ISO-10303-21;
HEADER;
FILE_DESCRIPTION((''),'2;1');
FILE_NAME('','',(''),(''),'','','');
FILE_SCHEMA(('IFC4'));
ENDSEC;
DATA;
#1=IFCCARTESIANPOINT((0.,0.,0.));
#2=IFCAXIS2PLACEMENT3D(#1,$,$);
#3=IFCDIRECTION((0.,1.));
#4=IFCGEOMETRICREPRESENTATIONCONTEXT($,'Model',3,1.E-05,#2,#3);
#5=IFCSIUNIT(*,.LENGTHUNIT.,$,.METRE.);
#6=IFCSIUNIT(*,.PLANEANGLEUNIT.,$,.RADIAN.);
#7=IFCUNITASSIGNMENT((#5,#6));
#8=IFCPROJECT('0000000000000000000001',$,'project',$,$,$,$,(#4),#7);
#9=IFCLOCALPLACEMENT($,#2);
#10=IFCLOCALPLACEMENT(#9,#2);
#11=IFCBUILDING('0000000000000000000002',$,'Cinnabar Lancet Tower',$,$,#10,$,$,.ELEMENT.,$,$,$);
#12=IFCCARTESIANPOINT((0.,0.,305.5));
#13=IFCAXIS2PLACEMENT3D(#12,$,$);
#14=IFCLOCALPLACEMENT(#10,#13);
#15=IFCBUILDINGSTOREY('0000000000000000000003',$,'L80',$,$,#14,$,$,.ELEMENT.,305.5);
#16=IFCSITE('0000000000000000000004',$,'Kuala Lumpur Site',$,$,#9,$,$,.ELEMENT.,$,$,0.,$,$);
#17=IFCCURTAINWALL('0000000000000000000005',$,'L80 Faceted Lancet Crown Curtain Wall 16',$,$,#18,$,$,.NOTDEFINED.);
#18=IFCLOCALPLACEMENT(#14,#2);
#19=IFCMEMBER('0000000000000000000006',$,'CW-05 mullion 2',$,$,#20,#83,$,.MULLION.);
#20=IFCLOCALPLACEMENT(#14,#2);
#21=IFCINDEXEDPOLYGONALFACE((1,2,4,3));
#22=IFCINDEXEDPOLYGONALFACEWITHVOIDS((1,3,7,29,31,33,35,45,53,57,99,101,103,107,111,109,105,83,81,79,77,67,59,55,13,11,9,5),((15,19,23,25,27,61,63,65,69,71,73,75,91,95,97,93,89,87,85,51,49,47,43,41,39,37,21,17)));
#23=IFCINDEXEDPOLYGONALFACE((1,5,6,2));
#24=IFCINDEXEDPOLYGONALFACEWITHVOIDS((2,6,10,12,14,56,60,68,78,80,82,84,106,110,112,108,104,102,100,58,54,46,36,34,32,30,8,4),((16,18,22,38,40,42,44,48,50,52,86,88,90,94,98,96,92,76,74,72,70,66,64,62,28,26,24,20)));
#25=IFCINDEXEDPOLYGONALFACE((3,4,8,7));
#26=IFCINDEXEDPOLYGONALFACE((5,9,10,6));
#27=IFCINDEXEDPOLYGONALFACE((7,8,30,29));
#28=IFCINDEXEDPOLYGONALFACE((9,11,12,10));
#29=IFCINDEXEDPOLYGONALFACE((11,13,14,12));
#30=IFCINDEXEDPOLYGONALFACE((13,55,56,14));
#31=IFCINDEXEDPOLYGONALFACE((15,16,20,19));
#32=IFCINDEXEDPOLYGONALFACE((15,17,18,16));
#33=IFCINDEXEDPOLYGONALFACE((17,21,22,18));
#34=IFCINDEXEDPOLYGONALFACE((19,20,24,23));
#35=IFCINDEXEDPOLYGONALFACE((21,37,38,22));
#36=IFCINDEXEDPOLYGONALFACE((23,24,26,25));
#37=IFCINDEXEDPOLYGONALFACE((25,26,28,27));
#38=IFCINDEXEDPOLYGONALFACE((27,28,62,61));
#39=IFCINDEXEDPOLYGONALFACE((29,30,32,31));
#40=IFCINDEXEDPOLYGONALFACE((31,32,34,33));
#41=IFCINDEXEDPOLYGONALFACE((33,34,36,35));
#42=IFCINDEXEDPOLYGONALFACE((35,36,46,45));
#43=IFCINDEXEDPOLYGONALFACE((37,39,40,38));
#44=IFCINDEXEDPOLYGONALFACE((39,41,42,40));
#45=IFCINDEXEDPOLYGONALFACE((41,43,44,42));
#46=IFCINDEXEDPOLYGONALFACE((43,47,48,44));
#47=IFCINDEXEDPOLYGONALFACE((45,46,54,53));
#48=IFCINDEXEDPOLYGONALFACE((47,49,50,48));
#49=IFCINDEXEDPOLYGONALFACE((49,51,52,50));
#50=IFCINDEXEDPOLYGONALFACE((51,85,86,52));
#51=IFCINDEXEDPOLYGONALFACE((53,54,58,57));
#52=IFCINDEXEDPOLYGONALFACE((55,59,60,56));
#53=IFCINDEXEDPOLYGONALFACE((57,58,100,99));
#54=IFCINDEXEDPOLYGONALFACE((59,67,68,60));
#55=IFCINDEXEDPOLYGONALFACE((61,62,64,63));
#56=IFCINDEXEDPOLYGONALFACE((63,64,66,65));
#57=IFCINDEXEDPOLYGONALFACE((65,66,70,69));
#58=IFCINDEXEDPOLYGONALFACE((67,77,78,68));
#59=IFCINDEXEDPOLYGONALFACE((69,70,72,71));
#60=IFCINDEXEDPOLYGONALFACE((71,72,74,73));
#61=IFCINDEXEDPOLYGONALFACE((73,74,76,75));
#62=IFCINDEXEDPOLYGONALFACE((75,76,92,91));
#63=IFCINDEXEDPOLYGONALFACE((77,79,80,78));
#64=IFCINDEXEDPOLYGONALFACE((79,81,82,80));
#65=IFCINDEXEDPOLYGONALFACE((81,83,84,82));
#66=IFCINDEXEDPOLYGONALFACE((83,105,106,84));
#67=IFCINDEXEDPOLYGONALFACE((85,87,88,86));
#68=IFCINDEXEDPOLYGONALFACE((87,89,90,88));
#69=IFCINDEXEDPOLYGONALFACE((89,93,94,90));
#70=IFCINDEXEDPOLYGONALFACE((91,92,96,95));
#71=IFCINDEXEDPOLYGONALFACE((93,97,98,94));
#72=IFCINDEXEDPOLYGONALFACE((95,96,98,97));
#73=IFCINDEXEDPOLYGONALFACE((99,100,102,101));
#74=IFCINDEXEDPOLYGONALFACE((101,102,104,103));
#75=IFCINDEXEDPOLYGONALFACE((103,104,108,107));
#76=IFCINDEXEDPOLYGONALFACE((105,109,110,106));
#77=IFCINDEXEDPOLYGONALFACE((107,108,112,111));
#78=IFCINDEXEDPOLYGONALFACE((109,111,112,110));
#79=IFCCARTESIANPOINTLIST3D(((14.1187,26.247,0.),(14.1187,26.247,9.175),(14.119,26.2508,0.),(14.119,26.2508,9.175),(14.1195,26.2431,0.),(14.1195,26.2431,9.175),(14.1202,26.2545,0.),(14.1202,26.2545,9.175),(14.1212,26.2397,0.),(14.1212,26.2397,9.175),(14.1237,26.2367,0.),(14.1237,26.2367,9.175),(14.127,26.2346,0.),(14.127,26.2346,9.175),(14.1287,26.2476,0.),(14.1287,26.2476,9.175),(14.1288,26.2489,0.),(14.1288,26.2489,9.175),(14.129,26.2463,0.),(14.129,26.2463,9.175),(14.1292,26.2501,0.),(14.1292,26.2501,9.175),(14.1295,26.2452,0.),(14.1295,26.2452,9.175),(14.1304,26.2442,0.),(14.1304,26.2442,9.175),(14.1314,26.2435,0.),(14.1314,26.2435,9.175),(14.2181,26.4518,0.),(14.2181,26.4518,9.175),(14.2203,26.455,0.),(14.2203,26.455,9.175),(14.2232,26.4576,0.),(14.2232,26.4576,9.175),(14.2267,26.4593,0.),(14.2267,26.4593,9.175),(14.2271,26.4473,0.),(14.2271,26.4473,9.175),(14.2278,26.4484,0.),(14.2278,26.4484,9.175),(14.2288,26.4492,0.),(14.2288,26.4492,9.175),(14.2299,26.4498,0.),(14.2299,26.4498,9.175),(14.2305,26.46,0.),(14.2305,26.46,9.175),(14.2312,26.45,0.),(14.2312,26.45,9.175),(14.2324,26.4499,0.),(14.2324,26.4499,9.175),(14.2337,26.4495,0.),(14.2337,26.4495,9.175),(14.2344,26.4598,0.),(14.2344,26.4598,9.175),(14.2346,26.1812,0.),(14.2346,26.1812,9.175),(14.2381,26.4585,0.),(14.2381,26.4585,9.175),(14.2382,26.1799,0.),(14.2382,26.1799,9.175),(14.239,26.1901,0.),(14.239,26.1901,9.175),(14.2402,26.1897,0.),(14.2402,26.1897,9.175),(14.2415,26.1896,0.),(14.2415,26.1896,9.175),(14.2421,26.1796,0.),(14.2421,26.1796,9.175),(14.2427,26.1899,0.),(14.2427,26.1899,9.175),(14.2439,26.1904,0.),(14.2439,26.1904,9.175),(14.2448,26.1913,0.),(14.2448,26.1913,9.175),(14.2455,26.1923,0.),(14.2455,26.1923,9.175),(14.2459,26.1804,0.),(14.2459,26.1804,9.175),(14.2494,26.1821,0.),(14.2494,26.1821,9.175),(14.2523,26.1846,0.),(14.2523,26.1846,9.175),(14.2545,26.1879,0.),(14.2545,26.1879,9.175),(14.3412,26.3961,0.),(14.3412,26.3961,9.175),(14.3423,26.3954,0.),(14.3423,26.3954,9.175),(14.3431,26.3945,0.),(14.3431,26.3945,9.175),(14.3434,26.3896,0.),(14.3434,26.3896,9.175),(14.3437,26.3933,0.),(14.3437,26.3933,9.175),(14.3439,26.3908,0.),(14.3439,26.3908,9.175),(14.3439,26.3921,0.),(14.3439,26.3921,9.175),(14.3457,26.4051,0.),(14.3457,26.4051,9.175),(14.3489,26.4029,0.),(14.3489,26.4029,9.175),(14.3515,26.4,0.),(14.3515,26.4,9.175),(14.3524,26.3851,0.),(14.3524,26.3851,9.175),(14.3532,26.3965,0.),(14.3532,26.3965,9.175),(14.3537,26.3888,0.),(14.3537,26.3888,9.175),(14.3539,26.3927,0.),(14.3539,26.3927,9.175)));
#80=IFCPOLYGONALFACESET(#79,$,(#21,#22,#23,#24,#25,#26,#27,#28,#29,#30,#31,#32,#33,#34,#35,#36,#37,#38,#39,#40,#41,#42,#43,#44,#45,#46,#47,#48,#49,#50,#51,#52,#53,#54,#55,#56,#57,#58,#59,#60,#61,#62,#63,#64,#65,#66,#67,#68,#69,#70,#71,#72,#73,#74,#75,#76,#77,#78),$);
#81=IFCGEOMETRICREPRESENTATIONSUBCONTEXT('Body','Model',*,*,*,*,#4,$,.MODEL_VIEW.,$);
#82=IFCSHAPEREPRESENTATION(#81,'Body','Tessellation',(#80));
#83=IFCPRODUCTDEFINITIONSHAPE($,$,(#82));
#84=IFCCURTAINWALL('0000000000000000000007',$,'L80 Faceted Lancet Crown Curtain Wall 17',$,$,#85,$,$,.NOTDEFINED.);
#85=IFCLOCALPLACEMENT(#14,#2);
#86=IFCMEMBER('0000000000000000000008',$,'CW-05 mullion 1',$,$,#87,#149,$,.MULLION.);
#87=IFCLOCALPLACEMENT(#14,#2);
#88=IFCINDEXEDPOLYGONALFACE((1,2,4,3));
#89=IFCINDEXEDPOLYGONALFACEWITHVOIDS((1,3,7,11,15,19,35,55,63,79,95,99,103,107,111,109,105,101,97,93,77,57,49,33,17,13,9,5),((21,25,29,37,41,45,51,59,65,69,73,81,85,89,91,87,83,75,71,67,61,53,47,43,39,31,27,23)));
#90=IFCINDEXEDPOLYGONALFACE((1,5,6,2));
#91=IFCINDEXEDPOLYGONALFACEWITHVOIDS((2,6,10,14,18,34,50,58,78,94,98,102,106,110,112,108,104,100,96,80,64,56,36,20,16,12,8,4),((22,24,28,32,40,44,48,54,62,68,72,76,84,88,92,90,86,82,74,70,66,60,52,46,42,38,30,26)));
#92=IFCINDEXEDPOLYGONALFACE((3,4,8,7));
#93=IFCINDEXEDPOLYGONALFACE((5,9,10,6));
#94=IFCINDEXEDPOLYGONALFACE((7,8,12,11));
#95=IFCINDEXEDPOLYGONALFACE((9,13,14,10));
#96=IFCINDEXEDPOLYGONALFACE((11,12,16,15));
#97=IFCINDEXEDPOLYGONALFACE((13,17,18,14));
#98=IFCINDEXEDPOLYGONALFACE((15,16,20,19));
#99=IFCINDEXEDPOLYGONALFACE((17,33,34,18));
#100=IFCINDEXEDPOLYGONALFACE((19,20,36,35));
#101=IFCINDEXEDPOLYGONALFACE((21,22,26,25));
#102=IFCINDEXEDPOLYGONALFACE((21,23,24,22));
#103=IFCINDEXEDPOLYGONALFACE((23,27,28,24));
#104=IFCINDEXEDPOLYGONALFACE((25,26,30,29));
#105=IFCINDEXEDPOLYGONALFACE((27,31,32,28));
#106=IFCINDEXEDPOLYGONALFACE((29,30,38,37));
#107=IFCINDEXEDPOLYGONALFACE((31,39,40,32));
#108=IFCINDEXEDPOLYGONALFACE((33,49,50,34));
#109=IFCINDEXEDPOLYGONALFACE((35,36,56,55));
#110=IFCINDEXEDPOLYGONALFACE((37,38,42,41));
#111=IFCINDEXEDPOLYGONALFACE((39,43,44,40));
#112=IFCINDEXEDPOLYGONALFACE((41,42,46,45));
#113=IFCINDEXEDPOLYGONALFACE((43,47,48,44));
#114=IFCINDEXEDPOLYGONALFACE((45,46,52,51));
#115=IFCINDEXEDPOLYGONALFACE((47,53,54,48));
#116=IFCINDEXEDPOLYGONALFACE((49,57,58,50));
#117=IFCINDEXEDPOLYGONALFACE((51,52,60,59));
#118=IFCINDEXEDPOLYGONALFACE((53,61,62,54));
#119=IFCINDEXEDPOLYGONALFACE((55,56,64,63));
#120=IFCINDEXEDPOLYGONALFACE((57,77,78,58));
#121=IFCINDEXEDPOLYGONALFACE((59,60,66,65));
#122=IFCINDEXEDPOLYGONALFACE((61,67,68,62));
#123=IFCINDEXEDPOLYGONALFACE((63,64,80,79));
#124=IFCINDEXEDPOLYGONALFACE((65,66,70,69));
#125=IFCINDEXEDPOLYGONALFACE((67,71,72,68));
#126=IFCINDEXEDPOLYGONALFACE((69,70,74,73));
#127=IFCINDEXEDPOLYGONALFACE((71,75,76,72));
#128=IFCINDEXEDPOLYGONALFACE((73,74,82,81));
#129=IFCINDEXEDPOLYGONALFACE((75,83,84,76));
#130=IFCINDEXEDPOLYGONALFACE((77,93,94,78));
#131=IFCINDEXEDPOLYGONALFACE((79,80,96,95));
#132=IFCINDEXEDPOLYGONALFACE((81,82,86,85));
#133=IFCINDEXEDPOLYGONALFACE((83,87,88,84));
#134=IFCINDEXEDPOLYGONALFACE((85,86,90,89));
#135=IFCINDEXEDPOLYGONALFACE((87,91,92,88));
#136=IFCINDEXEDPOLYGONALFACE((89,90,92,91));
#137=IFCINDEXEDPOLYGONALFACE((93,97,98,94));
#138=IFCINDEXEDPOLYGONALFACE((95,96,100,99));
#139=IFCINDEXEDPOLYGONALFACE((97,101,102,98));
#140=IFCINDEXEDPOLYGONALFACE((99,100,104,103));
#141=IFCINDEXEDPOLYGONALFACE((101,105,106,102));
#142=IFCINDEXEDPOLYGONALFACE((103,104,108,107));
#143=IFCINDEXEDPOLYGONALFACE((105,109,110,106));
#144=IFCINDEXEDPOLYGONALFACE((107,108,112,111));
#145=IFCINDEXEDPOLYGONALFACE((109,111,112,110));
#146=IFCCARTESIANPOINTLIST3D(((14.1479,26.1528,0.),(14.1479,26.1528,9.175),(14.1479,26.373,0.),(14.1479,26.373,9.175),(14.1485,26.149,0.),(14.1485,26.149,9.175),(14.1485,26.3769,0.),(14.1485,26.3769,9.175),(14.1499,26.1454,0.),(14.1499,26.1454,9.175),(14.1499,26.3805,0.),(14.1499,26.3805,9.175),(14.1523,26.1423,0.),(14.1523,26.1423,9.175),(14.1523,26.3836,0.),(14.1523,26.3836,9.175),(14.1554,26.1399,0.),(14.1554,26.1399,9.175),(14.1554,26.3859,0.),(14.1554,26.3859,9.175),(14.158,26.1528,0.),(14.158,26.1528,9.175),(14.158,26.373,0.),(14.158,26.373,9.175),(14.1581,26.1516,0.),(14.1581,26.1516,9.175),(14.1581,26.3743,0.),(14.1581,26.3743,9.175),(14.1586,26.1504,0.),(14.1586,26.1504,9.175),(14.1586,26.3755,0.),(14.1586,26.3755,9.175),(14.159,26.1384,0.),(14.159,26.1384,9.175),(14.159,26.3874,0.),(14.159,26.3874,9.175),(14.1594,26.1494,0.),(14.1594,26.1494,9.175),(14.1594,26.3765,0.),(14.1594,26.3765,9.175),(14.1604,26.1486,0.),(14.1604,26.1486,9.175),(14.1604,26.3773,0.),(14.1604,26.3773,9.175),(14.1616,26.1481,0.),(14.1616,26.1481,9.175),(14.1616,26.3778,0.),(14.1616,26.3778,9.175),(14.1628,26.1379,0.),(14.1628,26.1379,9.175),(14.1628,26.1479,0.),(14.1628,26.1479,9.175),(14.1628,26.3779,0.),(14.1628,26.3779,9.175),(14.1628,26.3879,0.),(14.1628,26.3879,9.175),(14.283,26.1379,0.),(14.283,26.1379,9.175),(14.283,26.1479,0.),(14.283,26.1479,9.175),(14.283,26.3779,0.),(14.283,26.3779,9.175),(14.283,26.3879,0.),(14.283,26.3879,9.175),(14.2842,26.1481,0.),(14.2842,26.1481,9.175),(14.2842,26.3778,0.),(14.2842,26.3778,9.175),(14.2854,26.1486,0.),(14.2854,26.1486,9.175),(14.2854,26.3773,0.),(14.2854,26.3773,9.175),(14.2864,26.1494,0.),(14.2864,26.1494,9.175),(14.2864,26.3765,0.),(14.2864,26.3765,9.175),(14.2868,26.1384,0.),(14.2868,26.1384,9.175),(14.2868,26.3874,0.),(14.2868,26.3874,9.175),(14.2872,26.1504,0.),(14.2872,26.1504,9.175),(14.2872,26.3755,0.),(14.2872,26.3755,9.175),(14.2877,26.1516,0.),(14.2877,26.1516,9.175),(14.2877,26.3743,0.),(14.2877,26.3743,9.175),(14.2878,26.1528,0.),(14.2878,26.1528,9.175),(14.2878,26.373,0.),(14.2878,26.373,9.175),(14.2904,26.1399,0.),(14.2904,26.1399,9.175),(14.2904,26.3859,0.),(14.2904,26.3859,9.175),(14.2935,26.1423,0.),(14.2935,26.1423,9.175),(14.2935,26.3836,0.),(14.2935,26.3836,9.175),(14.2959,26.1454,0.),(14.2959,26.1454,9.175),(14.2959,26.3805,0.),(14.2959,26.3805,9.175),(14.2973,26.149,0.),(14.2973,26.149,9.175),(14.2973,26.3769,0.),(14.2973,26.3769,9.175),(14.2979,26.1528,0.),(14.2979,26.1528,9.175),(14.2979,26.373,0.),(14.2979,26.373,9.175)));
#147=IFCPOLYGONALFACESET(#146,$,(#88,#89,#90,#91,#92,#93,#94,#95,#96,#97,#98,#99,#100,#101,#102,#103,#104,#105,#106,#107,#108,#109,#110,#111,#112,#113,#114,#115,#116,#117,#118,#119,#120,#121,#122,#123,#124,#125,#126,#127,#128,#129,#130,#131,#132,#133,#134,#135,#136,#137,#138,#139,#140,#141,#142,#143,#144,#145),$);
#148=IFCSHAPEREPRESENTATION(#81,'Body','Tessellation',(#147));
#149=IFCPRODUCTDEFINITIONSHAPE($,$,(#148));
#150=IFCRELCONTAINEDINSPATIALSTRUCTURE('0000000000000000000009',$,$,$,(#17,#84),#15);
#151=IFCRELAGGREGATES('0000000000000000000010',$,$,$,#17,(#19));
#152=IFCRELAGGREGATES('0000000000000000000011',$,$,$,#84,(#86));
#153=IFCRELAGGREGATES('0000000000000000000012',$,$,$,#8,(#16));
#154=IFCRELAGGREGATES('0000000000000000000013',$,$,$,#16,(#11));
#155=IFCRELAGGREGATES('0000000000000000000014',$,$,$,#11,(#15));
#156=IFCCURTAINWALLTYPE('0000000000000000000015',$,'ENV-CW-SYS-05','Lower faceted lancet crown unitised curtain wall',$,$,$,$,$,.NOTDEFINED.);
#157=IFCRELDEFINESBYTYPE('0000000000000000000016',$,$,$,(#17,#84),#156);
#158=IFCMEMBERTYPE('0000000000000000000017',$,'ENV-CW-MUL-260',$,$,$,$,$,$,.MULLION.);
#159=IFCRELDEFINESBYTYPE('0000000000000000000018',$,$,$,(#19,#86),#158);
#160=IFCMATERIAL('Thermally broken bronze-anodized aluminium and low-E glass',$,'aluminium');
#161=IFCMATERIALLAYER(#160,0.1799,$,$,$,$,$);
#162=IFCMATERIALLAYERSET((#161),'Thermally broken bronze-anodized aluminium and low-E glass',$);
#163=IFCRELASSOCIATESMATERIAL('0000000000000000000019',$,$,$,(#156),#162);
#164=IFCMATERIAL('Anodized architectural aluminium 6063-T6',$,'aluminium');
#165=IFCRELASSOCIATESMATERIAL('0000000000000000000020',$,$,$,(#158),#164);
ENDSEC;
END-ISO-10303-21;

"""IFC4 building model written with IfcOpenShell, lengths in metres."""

from ifc_helpers import new_model, si_unit, direction, frame, origin, origin_2d, place, context, subcontext, project, spatial, hollow_rectangle, extrude, material, layer, layer_set, material_profile, profile_set, type_object, element, aggregate, save


model = new_model("IFC4")

# Units and contexts
model_context = context("Model", 3, precision=1e-05, world=origin(), true_north=direction((0.0, 1.0)))
body_context = subcontext(model_context, "Body", "Model", "MODEL_VIEW")
ifc_project = project(units=[si_unit("LENGTHUNIT", "METRE"), si_unit("PLANEANGLEUNIT", "RADIAN")], contexts=[model_context])

# Site, building, storey
site_placement = place(None, origin())
site = spatial("IfcSite", under=ifc_project, at=site_placement, Name="Kuala Lumpur Site", CompositionType="ELEMENT", RefElevation=0.0)
building_placement = place(site_placement, origin())
building = spatial("IfcBuilding", under=site, at=building_placement, Name="Cinnabar Lancet Tower", CompositionType="ELEMENT")
storey_placement = place(building_placement, frame((0.0, 0.0, 305.5)))
storey = spatial("IfcBuildingStorey", under=building, at=storey_placement, Name="L80", CompositionType="ELEMENT", Elevation=305.5)

# Shared definitions
ifc_material_1 = material(Name="Thermally broken bronze-anodized aluminium and low-E glass", Category="aluminium")
ifc_layer_1 = layer(ifc_material_1, 0.1799)
ifc_layer_set_1 = layer_set([ifc_layer_1], Name="Thermally broken bronze-anodized aluminium and low-E glass")
curtain_wall_type = type_object("IfcCurtainWallType", Name="ENV-CW-SYS-05", Description="Lower faceted lancet crown unitised curtain wall", PredefinedType="NOTDEFINED", material=ifc_layer_set_1)
ifc_material_2 = material(Name="Anodized architectural aluminium 6063-T6", Category="aluminium")
ifc_material_profile_1 = material_profile(ifc_material_2, hollow_rectangle(XDim=0.1499, YDim=0.25, WallThickness=0.01, InnerFilletRadius=0.0049, OuterFilletRadius=0.0149, at=origin_2d()), Name="RHS 250x150x10")
ifc_profile_set_1 = profile_set([ifc_material_profile_1], Name="Anodized architectural aluminium 6063-T6")
member_type_1 = type_object("IfcMemberType", Name="ENV-CW-MUL-260", PredefinedType="MULLION", material=ifc_profile_set_1)

# Curtain walls, members
curtain_wall_1_placement = place(storey_placement, origin())
curtain_wall_1 = element("IfcCurtainWall", 1, at=curtain_wall_1_placement, inside=storey, type_object=curtain_wall_type, Name="L80 Faceted Lancet Crown Curtain Wall 16", PredefinedType="NOTDEFINED")
member_1_placement = place(storey_placement, frame((14.2363, 26.3198, 0.0), z_axis=(0.0, 0.0, 1.0), x_axis=(0.895742, -0.444574, 0.0)))
member_1 = element("IfcMember", 2, at=member_1_placement, type_object=member_type_1, Name="CW-05 mullion 2", PredefinedType="MULLION", context=body_context, shape_type="SweptSolid", body=[
    extrude(hollow_rectangle(XDim=0.1499, YDim=0.25, WallThickness=0.01, InnerFilletRadius=0.0049, OuterFilletRadius=0.0149, at=origin_2d()), origin(), (0.0, 0.0, 1.0), 9.175),
])
curtain_wall_2_placement = place(storey_placement, origin())
curtain_wall_2 = element("IfcCurtainWall", 3, at=curtain_wall_2_placement, inside=storey, type_object=curtain_wall_type, Name="L80 Faceted Lancet Crown Curtain Wall 17", PredefinedType="NOTDEFINED")
member_2_placement = place(storey_placement, frame((14.2229, 26.2629, 0.0), z_axis=(0.0, 0.0, 1.0), x_axis=(1.0, 0.0, 0.0)))
member_2 = element("IfcMember", 4, at=member_2_placement, type_object=member_type_1, Name="CW-05 mullion 1", PredefinedType="MULLION", context=body_context, shape_type="SweptSolid", body=[
    extrude(hollow_rectangle(XDim=0.1499, YDim=0.25, WallThickness=0.01, InnerFilletRadius=0.0049, OuterFilletRadius=0.0149, at=origin_2d()), origin(), (0.0, 0.0, 1.0), 9.175),
])

aggregate(curtain_wall_1, [member_1])
aggregate(curtain_wall_2, [member_2])

save(model, "model.ifc")
